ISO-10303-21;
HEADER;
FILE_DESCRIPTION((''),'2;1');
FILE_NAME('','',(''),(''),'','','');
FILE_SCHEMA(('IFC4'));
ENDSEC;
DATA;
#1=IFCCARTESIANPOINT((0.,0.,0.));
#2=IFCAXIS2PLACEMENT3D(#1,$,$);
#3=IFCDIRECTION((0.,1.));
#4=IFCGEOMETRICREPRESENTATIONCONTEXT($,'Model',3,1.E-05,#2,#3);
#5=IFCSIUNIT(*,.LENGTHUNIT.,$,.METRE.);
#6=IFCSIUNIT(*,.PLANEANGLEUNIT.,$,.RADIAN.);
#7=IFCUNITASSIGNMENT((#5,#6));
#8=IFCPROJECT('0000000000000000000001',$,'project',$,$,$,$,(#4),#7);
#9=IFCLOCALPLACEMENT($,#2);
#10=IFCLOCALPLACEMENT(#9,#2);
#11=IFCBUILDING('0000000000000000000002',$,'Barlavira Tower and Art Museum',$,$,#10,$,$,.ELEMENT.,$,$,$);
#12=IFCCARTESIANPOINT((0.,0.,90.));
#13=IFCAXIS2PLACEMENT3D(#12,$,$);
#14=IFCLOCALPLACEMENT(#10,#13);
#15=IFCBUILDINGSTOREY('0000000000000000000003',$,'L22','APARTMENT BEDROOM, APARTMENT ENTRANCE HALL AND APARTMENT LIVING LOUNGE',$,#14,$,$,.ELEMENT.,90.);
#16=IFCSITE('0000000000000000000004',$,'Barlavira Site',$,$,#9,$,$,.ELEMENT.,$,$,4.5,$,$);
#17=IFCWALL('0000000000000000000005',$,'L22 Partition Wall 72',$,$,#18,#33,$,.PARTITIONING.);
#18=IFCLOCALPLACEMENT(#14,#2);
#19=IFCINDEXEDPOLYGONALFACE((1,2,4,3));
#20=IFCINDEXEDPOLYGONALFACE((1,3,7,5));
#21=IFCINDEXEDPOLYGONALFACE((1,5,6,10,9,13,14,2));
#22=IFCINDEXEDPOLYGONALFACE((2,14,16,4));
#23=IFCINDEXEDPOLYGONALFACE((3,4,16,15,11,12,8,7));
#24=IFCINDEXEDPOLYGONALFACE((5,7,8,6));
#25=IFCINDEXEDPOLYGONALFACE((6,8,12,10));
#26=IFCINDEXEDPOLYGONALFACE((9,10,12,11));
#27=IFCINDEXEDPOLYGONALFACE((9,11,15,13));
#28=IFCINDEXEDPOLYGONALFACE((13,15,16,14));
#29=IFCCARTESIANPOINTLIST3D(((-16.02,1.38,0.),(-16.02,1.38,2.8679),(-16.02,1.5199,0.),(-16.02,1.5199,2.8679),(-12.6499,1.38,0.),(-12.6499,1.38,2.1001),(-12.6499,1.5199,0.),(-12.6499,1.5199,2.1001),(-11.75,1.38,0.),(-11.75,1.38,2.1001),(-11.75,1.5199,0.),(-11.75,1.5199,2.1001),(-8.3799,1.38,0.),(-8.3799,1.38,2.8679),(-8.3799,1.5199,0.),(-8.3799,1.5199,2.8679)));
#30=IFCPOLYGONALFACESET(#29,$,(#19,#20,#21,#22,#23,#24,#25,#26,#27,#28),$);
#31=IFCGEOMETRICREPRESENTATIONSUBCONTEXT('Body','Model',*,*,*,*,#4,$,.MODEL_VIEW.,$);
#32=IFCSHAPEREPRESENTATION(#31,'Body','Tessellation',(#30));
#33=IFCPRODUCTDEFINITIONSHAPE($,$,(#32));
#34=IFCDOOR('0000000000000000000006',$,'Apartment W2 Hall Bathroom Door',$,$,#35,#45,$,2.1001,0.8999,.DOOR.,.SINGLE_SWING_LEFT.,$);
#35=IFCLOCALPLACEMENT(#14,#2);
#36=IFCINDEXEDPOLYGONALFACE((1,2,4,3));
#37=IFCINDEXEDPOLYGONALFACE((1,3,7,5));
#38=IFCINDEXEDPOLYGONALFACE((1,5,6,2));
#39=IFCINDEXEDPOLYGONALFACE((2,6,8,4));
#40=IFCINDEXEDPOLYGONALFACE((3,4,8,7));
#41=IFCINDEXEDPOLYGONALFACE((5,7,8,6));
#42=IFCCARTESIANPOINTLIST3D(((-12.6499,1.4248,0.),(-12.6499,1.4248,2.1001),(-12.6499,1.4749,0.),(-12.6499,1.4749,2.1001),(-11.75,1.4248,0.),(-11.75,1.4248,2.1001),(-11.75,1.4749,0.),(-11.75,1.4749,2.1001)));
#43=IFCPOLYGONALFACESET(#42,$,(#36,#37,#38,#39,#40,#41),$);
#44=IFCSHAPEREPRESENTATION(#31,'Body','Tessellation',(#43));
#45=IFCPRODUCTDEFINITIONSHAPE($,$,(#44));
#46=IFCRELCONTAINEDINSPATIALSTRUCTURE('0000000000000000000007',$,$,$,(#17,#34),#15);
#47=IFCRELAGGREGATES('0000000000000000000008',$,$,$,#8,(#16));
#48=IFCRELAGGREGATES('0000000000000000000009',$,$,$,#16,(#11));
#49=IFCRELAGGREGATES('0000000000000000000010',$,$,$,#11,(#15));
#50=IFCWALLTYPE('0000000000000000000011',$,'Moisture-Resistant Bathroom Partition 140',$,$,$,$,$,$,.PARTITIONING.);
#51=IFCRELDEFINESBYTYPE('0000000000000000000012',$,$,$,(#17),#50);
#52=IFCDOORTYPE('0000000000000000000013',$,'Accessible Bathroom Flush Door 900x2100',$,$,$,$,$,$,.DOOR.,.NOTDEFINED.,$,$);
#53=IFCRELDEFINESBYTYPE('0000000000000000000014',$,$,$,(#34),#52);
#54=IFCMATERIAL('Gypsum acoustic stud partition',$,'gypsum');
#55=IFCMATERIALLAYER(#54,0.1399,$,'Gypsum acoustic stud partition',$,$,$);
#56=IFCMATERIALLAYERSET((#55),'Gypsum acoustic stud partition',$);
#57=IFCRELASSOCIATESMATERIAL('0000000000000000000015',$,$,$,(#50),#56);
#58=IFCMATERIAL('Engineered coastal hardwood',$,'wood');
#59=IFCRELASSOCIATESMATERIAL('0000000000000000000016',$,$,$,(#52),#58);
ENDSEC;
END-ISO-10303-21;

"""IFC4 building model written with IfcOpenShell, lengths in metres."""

from ifc_helpers import new_model, si_unit, direction, frame, frame_2d, origin, place, context, subcontext, project, spatial, rectangle, extrude, material, layer, layer_set, type_object, element, fill, save


model = new_model("IFC4")

# Units and contexts
model_context = context("Model", 3, precision=1e-05, world=origin(), true_north=direction((0.0, 1.0)))
body_context = subcontext(model_context, "Body", "Model", "MODEL_VIEW")
ifc_project = project(units=[si_unit("LENGTHUNIT", "METRE"), si_unit("PLANEANGLEUNIT", "RADIAN")], contexts=[model_context])

# Site, building, storey
site_placement = place(None, origin())
site = spatial("IfcSite", under=ifc_project, at=site_placement, Name="Barlavira Site", CompositionType="ELEMENT", RefElevation=4.5)
building_placement = place(site_placement, origin())
building = spatial("IfcBuilding", under=site, at=building_placement, Name="Barlavira Tower and Art Museum", CompositionType="ELEMENT")
storey_placement = place(building_placement, frame((0.0, 0.0, 90.0)))
storey = spatial("IfcBuildingStorey", under=building, at=storey_placement, Name="L22", Description="APARTMENT BEDROOM, APARTMENT ENTRANCE HALL AND APARTMENT LIVING LOUNGE", CompositionType="ELEMENT", Elevation=90.0)

# Shared definitions
ifc_material_1 = material(Name="Gypsum acoustic stud partition", Category="gypsum")
ifc_material_2 = material(Name="Engineered coastal hardwood", Category="wood")

# Wall, opening, door
ifc_layer_1 = layer(ifc_material_1, 0.1399, Name="Gypsum acoustic stud partition")
ifc_layer_set_1 = layer_set([ifc_layer_1], Name="Gypsum acoustic stud partition")
wall_type_1 = type_object("IfcWallType", Name="Moisture-Resistant Bathroom Partition 140", PredefinedType="PARTITIONING", material=ifc_layer_set_1)
wall_1_placement = place(storey_placement, frame((-16.02, 1.45, 0.0), z_axis=(0.0, 0.0, 1.0), x_axis=(1.0, 0.0, 0.0)))
wall_1 = element("IfcWall", 1, at=wall_1_placement, inside=storey, type_object=wall_type_1, Name="L22 Partition Wall 72", PredefinedType="PARTITIONING", context=body_context, shape_type="SweptSolid", body=[
    extrude(rectangle(XDim=7.6401, YDim=0.1399, at=frame_2d((3.8201, 0.0))), origin(), (0.0, 0.0, 1.0), 2.8679),
])
opening_1_placement = place(wall_1_placement, frame((3.3701, 0.0, 0.0)))
opening_1 = element("IfcOpeningElement", 2, at=opening_1_placement, cuts=wall_1, PredefinedType="OPENING", context=body_context, shape_type="SweptSolid", body=[
    extrude(rectangle(XDim=0.8999, YDim=2.1001, at=frame_2d((0.45, 1.05))), frame((0.0, 0.0801, 0.0), z_axis=(0.0, -1.0, 0.0), x_axis=(1.0, 0.0, 0.0)), (0.0, 0.0, 1.0), 0.1599),
])
door_type_1 = type_object("IfcDoorType", Name="Accessible Bathroom Flush Door 900x2100", OperationType="NOTDEFINED", PredefinedType="DOOR", material=ifc_material_2)
door_1_placement = place(opening_1_placement, origin())
door_1 = element("IfcDoor", 3, at=door_1_placement, inside=storey, type_object=door_type_1, Name="Apartment W2 Hall Bathroom Door", OperationType="SINGLE_SWING_LEFT", OverallHeight=2.1001, OverallWidth=0.8999, PredefinedType="DOOR", context=body_context, shape_type="SweptSolid", body=[
    extrude(rectangle(XDim=0.8999, YDim=2.1001, at=frame_2d((0.45, 1.05))), frame((0.0, 0.0249, 0.0), z_axis=(0.0, -1.0, 0.0), x_axis=(1.0, 0.0, 0.0)), (0.0, 0.0, 1.0), 0.05),
])
fill(opening_1, door_1)

save(model, "model.ifc")
